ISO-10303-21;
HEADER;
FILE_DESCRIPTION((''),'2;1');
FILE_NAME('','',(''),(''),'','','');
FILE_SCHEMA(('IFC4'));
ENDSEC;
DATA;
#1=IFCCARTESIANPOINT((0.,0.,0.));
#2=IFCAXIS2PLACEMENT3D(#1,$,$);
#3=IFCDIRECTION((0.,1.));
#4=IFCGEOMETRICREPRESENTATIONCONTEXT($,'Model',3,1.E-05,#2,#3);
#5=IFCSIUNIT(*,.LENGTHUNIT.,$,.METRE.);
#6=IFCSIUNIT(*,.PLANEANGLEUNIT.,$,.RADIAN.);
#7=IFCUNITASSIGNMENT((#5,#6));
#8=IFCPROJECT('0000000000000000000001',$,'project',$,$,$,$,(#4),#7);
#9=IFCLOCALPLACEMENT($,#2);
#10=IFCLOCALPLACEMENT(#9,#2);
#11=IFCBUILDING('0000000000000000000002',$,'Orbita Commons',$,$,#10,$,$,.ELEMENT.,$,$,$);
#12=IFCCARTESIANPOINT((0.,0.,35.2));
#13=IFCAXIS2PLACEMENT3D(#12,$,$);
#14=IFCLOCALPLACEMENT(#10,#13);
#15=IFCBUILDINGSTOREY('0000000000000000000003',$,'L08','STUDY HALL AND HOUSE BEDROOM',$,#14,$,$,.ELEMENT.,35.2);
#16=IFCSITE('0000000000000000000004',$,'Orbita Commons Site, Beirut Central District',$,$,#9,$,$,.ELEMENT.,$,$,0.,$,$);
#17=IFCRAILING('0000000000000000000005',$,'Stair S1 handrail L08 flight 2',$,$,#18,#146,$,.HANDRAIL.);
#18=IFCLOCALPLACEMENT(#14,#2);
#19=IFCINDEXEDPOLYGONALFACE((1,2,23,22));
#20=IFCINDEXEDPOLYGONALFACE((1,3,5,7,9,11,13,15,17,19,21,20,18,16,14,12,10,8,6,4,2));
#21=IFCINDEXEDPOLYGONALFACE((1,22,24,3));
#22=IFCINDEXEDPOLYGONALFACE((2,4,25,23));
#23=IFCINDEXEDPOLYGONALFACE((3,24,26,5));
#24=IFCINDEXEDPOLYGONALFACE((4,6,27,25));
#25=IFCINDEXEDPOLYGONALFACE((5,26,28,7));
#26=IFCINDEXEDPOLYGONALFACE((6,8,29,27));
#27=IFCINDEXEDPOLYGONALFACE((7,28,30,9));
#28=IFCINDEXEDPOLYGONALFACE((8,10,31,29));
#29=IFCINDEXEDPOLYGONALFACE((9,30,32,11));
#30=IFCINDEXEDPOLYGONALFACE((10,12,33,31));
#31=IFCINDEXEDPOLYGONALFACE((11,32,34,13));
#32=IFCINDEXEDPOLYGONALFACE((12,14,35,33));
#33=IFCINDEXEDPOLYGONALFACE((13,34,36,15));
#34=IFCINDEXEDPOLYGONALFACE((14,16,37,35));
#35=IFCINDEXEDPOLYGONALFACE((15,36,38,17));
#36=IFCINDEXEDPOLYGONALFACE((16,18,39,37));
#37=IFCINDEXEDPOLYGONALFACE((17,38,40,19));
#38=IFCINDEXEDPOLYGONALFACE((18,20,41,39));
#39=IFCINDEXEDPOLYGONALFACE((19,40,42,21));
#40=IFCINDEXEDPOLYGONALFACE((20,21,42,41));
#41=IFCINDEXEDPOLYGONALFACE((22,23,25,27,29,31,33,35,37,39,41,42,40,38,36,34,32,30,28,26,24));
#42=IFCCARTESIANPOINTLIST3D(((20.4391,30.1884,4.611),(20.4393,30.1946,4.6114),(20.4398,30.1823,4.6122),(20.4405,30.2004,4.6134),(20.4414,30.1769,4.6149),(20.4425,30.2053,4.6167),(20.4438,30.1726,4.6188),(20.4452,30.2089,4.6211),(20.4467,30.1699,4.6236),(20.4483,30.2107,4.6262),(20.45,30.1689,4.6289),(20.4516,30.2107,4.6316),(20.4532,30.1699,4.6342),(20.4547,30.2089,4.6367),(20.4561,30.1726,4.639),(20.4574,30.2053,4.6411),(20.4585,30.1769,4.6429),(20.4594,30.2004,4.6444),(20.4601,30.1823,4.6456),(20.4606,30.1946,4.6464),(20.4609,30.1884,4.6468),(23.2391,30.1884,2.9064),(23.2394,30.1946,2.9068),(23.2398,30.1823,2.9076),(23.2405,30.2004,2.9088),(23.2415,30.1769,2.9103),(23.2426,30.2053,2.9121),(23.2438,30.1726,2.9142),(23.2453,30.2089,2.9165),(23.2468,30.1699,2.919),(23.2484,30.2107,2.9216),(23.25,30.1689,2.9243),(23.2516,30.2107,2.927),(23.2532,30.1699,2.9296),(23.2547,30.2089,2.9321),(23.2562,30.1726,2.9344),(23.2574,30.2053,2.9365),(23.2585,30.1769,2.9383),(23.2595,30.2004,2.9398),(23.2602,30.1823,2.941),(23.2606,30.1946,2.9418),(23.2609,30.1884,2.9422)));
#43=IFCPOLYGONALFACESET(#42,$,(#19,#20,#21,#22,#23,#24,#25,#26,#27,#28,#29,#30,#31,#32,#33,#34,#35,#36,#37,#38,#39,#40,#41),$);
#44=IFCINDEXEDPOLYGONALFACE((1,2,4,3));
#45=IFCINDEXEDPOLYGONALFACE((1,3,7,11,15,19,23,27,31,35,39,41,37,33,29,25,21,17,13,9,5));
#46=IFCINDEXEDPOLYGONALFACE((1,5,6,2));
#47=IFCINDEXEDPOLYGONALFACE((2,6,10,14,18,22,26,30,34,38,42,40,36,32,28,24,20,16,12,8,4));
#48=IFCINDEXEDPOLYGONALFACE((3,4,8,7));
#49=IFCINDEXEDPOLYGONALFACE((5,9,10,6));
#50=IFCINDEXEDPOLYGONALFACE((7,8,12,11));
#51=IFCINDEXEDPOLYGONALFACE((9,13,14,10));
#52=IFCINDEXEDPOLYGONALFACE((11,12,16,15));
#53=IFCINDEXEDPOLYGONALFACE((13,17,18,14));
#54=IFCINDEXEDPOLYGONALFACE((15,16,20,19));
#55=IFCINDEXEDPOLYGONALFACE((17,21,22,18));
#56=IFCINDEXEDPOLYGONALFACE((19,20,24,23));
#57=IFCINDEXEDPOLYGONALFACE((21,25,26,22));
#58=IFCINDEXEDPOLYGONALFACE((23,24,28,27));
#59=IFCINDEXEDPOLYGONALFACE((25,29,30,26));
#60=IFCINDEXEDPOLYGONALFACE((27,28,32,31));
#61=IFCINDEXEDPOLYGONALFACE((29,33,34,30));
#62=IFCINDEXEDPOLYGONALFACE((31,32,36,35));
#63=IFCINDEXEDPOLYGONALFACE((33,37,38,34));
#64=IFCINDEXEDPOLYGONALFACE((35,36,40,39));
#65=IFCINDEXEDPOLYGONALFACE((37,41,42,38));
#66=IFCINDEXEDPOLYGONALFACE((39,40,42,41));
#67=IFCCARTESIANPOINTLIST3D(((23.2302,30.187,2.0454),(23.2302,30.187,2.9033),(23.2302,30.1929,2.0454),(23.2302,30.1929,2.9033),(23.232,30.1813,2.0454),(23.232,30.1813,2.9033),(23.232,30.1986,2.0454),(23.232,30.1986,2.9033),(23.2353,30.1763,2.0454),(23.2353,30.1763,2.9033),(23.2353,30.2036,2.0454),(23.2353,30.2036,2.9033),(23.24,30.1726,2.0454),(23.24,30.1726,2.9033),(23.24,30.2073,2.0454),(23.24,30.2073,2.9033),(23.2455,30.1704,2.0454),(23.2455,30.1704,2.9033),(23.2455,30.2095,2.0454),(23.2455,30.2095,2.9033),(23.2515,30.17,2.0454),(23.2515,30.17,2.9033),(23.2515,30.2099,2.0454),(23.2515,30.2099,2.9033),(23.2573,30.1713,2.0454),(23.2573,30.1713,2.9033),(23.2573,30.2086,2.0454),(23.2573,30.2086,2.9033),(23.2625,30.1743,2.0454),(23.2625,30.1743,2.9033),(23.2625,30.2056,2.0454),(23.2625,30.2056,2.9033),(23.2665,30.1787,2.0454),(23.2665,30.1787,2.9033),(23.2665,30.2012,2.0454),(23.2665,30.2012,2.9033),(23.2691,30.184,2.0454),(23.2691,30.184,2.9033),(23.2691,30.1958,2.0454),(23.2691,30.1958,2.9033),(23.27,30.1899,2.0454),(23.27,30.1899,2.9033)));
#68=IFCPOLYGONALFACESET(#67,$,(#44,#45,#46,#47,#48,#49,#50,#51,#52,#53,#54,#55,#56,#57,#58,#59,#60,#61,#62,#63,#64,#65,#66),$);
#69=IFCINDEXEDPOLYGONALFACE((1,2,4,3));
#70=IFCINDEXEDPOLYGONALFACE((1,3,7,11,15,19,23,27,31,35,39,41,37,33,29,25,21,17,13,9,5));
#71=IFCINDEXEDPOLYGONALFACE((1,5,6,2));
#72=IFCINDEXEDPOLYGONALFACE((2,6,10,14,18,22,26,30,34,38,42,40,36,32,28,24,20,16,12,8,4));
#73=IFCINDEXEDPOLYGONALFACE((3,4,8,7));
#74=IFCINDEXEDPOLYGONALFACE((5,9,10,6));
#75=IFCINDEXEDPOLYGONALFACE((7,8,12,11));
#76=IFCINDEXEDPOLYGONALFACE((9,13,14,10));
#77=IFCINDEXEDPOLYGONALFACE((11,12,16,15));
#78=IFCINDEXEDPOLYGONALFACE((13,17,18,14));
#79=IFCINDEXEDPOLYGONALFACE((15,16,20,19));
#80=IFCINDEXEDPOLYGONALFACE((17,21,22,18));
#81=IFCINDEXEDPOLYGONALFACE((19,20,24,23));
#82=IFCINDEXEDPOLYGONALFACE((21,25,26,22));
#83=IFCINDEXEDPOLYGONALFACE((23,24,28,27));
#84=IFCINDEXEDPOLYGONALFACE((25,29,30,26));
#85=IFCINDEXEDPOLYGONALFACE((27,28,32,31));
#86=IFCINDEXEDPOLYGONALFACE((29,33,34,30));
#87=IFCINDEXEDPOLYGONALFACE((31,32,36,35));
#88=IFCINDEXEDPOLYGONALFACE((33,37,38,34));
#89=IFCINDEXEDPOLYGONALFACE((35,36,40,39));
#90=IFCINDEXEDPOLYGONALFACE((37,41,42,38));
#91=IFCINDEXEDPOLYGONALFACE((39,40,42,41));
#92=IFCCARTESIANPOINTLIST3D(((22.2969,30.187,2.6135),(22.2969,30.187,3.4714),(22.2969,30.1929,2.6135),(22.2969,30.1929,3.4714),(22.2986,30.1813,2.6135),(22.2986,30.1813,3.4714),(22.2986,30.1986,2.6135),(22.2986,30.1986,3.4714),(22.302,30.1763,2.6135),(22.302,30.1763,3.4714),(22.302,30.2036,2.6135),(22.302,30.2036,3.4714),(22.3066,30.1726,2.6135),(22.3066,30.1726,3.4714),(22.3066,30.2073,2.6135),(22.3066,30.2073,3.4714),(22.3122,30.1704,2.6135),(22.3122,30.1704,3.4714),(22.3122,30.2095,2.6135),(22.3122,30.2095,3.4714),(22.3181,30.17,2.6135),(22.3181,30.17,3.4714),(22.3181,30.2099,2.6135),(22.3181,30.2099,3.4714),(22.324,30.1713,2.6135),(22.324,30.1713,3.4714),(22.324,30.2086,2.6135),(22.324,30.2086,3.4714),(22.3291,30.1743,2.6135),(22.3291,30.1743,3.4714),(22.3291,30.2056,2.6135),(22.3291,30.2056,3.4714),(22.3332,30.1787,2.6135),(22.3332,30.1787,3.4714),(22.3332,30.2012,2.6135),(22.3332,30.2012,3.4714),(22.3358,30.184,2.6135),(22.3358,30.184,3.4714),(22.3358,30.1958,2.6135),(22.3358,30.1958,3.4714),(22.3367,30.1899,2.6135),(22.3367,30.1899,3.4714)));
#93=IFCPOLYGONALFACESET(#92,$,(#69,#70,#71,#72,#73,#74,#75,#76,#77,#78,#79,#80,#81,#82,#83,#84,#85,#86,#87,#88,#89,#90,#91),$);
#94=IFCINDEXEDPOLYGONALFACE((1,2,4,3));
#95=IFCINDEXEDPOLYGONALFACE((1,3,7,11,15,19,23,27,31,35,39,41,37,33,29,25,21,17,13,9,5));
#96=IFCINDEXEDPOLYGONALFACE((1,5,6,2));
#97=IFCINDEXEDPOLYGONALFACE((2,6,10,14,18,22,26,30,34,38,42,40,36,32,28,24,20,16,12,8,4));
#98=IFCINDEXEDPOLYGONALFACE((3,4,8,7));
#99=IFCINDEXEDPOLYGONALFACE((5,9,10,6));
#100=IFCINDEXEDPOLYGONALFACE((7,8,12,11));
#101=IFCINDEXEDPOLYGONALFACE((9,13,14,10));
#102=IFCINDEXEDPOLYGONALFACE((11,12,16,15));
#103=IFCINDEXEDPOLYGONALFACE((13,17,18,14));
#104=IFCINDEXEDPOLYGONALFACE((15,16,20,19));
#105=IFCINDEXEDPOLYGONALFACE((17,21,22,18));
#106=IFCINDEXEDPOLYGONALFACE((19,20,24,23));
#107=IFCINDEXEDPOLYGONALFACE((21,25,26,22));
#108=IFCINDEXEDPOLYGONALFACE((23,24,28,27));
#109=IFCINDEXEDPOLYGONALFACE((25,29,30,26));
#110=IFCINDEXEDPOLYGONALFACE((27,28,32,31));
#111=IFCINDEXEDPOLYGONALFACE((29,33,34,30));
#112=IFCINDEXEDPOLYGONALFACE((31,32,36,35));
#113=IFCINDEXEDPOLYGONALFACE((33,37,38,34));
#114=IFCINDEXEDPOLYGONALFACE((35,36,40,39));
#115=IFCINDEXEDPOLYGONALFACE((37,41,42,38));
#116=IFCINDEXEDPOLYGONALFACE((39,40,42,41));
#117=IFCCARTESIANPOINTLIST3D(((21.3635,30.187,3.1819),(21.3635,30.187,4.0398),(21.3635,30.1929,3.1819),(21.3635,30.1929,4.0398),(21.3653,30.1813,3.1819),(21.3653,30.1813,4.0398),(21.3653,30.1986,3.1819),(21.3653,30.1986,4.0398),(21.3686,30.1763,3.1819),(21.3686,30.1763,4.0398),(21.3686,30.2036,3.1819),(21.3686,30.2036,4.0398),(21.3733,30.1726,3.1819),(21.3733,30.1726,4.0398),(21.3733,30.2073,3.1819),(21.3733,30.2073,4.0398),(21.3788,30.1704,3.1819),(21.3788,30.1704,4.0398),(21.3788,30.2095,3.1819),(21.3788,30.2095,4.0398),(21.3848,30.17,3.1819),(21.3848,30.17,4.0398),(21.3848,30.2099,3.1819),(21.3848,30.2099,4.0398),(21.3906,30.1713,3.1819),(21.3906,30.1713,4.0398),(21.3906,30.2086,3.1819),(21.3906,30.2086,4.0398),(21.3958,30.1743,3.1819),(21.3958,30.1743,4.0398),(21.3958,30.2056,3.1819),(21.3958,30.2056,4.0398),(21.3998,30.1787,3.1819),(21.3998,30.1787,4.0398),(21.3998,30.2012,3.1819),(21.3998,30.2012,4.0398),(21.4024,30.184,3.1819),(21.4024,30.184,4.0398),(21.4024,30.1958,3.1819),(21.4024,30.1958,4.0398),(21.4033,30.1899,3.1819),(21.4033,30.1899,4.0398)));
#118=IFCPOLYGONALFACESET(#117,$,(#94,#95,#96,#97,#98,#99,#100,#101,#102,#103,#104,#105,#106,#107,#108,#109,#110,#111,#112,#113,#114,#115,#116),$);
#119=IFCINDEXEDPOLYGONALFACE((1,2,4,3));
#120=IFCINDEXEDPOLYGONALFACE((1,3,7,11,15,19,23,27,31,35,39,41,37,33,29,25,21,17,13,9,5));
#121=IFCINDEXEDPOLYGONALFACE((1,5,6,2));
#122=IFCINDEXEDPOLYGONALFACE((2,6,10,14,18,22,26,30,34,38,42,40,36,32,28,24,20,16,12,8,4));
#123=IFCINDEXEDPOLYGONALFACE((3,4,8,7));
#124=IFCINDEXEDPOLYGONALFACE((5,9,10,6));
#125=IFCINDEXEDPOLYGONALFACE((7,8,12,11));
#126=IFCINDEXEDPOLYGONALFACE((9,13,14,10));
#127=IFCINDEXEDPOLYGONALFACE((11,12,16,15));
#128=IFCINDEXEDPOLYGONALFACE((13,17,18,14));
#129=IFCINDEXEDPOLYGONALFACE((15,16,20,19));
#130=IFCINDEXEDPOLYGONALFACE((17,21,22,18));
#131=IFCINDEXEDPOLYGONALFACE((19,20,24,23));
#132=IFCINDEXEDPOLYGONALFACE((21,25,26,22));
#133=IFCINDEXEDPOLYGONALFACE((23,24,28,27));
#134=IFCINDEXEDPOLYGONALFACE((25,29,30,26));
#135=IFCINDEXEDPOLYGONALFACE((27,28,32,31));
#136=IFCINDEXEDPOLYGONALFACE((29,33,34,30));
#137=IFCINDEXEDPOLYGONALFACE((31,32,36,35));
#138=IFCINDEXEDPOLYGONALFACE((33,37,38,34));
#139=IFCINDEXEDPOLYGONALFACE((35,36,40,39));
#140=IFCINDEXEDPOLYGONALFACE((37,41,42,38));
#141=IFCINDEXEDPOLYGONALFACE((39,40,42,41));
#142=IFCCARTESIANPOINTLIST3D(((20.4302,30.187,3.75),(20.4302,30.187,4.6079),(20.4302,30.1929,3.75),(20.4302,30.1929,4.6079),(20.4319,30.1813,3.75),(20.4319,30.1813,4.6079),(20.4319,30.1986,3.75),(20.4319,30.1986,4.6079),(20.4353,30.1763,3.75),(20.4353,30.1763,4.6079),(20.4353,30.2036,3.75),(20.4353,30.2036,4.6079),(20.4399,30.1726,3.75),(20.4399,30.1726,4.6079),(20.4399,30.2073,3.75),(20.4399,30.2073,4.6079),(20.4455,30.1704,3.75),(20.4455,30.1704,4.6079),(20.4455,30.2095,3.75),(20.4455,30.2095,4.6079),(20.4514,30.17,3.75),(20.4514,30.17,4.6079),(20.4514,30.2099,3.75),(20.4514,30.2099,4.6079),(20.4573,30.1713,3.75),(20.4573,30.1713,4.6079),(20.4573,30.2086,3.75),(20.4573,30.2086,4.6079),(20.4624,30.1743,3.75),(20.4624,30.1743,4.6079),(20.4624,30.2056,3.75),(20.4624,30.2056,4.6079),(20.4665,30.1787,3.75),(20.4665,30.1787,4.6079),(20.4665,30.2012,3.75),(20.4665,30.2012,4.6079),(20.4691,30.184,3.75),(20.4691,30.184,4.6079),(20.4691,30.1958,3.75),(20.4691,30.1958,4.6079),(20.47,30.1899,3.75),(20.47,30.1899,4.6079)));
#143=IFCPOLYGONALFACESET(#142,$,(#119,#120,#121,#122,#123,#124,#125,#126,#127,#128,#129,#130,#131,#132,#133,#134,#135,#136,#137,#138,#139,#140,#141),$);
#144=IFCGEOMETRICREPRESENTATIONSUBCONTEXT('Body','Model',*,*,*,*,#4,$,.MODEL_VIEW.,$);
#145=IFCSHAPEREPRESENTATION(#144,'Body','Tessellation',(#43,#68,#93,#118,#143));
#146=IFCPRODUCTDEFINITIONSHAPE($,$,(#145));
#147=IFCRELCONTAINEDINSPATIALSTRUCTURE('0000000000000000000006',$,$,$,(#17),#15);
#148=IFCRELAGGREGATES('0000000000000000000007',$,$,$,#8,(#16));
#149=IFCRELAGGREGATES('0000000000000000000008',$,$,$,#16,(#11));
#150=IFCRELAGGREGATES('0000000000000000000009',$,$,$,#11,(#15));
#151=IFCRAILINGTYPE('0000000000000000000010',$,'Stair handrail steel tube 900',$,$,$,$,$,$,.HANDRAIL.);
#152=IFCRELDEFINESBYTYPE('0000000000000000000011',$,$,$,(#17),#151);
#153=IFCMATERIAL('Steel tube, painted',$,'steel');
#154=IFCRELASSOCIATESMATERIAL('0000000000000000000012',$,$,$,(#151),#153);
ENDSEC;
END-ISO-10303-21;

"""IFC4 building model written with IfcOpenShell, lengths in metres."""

from ifc_helpers import new_model, si_unit, direction, frame, origin, origin_2d, place, context, subcontext, project, spatial, circle, extrude, material, type_object, element, save


model = new_model("IFC4")

# Units and contexts
model_context = context("Model", 3, precision=1e-05, world=origin(), true_north=direction((0.0, 1.0)))
body_context = subcontext(model_context, "Body", "Model", "MODEL_VIEW")
ifc_project = project(units=[si_unit("LENGTHUNIT", "METRE"), si_unit("PLANEANGLEUNIT", "RADIAN")], contexts=[model_context])

# Site, building, storey
site_placement = place(None, origin())
site = spatial("IfcSite", under=ifc_project, at=site_placement, Name="Orbita Commons Site, Beirut Central District", CompositionType="ELEMENT", RefElevation=0.0)
building_placement = place(site_placement, origin())
building = spatial("IfcBuilding", under=site, at=building_placement, Name="Orbita Commons", CompositionType="ELEMENT")
storey_placement = place(building_placement, frame((0.0, 0.0, 35.2)))
storey = spatial("IfcBuildingStorey", under=building, at=storey_placement, Name="L08", Description="STUDY HALL AND HOUSE BEDROOM", CompositionType="ELEMENT", Elevation=35.2)

# Railing
ifc_material = material(Name="Steel tube, painted", Category="steel")
railing_type = type_object("IfcRailingType", Name="Stair handrail steel tube 900", PredefinedType="HANDRAIL", material=ifc_material)
for number, where, name in (
    (1, (23.25, 30.1899, 2.0454), "Stair S1 handrail L08 flight 2"),
):
    element("IfcRailing", number, at=place(storey_placement, frame(where)), inside=storey, type_object=railing_type, Name=name, PredefinedType="HANDRAIL", context=body_context, shape_type="SweptSolid", body=[
        extrude(circle(Radius=0.021, at=origin_2d()), frame((0.0, 0.0, 0.8789), z_axis=(-0.85417, 0.0, 0.519994), x_axis=(0.0, -1.0, 0.0)), (0.0, 0.0, 1.0), 3.2781),
        extrude(circle(Radius=0.02, at=origin_2d()), origin(), (0.0, 0.0, 1.0), 0.8579),
        extrude(circle(Radius=0.02, at=origin_2d()), frame((-0.9333, 0.0, 0.5681)), (0.0, 0.0, 1.0), 0.8579),
        extrude(circle(Radius=0.02, at=origin_2d()), frame((-1.8667, 0.0, 1.1365)), (0.0, 0.0, 1.0), 0.8579),
        extrude(circle(Radius=0.02, at=origin_2d()), frame((-2.8, 0.0, 1.7046)), (0.0, 0.0, 1.0), 0.8579),
    ])

save(model, "model.ifc")
